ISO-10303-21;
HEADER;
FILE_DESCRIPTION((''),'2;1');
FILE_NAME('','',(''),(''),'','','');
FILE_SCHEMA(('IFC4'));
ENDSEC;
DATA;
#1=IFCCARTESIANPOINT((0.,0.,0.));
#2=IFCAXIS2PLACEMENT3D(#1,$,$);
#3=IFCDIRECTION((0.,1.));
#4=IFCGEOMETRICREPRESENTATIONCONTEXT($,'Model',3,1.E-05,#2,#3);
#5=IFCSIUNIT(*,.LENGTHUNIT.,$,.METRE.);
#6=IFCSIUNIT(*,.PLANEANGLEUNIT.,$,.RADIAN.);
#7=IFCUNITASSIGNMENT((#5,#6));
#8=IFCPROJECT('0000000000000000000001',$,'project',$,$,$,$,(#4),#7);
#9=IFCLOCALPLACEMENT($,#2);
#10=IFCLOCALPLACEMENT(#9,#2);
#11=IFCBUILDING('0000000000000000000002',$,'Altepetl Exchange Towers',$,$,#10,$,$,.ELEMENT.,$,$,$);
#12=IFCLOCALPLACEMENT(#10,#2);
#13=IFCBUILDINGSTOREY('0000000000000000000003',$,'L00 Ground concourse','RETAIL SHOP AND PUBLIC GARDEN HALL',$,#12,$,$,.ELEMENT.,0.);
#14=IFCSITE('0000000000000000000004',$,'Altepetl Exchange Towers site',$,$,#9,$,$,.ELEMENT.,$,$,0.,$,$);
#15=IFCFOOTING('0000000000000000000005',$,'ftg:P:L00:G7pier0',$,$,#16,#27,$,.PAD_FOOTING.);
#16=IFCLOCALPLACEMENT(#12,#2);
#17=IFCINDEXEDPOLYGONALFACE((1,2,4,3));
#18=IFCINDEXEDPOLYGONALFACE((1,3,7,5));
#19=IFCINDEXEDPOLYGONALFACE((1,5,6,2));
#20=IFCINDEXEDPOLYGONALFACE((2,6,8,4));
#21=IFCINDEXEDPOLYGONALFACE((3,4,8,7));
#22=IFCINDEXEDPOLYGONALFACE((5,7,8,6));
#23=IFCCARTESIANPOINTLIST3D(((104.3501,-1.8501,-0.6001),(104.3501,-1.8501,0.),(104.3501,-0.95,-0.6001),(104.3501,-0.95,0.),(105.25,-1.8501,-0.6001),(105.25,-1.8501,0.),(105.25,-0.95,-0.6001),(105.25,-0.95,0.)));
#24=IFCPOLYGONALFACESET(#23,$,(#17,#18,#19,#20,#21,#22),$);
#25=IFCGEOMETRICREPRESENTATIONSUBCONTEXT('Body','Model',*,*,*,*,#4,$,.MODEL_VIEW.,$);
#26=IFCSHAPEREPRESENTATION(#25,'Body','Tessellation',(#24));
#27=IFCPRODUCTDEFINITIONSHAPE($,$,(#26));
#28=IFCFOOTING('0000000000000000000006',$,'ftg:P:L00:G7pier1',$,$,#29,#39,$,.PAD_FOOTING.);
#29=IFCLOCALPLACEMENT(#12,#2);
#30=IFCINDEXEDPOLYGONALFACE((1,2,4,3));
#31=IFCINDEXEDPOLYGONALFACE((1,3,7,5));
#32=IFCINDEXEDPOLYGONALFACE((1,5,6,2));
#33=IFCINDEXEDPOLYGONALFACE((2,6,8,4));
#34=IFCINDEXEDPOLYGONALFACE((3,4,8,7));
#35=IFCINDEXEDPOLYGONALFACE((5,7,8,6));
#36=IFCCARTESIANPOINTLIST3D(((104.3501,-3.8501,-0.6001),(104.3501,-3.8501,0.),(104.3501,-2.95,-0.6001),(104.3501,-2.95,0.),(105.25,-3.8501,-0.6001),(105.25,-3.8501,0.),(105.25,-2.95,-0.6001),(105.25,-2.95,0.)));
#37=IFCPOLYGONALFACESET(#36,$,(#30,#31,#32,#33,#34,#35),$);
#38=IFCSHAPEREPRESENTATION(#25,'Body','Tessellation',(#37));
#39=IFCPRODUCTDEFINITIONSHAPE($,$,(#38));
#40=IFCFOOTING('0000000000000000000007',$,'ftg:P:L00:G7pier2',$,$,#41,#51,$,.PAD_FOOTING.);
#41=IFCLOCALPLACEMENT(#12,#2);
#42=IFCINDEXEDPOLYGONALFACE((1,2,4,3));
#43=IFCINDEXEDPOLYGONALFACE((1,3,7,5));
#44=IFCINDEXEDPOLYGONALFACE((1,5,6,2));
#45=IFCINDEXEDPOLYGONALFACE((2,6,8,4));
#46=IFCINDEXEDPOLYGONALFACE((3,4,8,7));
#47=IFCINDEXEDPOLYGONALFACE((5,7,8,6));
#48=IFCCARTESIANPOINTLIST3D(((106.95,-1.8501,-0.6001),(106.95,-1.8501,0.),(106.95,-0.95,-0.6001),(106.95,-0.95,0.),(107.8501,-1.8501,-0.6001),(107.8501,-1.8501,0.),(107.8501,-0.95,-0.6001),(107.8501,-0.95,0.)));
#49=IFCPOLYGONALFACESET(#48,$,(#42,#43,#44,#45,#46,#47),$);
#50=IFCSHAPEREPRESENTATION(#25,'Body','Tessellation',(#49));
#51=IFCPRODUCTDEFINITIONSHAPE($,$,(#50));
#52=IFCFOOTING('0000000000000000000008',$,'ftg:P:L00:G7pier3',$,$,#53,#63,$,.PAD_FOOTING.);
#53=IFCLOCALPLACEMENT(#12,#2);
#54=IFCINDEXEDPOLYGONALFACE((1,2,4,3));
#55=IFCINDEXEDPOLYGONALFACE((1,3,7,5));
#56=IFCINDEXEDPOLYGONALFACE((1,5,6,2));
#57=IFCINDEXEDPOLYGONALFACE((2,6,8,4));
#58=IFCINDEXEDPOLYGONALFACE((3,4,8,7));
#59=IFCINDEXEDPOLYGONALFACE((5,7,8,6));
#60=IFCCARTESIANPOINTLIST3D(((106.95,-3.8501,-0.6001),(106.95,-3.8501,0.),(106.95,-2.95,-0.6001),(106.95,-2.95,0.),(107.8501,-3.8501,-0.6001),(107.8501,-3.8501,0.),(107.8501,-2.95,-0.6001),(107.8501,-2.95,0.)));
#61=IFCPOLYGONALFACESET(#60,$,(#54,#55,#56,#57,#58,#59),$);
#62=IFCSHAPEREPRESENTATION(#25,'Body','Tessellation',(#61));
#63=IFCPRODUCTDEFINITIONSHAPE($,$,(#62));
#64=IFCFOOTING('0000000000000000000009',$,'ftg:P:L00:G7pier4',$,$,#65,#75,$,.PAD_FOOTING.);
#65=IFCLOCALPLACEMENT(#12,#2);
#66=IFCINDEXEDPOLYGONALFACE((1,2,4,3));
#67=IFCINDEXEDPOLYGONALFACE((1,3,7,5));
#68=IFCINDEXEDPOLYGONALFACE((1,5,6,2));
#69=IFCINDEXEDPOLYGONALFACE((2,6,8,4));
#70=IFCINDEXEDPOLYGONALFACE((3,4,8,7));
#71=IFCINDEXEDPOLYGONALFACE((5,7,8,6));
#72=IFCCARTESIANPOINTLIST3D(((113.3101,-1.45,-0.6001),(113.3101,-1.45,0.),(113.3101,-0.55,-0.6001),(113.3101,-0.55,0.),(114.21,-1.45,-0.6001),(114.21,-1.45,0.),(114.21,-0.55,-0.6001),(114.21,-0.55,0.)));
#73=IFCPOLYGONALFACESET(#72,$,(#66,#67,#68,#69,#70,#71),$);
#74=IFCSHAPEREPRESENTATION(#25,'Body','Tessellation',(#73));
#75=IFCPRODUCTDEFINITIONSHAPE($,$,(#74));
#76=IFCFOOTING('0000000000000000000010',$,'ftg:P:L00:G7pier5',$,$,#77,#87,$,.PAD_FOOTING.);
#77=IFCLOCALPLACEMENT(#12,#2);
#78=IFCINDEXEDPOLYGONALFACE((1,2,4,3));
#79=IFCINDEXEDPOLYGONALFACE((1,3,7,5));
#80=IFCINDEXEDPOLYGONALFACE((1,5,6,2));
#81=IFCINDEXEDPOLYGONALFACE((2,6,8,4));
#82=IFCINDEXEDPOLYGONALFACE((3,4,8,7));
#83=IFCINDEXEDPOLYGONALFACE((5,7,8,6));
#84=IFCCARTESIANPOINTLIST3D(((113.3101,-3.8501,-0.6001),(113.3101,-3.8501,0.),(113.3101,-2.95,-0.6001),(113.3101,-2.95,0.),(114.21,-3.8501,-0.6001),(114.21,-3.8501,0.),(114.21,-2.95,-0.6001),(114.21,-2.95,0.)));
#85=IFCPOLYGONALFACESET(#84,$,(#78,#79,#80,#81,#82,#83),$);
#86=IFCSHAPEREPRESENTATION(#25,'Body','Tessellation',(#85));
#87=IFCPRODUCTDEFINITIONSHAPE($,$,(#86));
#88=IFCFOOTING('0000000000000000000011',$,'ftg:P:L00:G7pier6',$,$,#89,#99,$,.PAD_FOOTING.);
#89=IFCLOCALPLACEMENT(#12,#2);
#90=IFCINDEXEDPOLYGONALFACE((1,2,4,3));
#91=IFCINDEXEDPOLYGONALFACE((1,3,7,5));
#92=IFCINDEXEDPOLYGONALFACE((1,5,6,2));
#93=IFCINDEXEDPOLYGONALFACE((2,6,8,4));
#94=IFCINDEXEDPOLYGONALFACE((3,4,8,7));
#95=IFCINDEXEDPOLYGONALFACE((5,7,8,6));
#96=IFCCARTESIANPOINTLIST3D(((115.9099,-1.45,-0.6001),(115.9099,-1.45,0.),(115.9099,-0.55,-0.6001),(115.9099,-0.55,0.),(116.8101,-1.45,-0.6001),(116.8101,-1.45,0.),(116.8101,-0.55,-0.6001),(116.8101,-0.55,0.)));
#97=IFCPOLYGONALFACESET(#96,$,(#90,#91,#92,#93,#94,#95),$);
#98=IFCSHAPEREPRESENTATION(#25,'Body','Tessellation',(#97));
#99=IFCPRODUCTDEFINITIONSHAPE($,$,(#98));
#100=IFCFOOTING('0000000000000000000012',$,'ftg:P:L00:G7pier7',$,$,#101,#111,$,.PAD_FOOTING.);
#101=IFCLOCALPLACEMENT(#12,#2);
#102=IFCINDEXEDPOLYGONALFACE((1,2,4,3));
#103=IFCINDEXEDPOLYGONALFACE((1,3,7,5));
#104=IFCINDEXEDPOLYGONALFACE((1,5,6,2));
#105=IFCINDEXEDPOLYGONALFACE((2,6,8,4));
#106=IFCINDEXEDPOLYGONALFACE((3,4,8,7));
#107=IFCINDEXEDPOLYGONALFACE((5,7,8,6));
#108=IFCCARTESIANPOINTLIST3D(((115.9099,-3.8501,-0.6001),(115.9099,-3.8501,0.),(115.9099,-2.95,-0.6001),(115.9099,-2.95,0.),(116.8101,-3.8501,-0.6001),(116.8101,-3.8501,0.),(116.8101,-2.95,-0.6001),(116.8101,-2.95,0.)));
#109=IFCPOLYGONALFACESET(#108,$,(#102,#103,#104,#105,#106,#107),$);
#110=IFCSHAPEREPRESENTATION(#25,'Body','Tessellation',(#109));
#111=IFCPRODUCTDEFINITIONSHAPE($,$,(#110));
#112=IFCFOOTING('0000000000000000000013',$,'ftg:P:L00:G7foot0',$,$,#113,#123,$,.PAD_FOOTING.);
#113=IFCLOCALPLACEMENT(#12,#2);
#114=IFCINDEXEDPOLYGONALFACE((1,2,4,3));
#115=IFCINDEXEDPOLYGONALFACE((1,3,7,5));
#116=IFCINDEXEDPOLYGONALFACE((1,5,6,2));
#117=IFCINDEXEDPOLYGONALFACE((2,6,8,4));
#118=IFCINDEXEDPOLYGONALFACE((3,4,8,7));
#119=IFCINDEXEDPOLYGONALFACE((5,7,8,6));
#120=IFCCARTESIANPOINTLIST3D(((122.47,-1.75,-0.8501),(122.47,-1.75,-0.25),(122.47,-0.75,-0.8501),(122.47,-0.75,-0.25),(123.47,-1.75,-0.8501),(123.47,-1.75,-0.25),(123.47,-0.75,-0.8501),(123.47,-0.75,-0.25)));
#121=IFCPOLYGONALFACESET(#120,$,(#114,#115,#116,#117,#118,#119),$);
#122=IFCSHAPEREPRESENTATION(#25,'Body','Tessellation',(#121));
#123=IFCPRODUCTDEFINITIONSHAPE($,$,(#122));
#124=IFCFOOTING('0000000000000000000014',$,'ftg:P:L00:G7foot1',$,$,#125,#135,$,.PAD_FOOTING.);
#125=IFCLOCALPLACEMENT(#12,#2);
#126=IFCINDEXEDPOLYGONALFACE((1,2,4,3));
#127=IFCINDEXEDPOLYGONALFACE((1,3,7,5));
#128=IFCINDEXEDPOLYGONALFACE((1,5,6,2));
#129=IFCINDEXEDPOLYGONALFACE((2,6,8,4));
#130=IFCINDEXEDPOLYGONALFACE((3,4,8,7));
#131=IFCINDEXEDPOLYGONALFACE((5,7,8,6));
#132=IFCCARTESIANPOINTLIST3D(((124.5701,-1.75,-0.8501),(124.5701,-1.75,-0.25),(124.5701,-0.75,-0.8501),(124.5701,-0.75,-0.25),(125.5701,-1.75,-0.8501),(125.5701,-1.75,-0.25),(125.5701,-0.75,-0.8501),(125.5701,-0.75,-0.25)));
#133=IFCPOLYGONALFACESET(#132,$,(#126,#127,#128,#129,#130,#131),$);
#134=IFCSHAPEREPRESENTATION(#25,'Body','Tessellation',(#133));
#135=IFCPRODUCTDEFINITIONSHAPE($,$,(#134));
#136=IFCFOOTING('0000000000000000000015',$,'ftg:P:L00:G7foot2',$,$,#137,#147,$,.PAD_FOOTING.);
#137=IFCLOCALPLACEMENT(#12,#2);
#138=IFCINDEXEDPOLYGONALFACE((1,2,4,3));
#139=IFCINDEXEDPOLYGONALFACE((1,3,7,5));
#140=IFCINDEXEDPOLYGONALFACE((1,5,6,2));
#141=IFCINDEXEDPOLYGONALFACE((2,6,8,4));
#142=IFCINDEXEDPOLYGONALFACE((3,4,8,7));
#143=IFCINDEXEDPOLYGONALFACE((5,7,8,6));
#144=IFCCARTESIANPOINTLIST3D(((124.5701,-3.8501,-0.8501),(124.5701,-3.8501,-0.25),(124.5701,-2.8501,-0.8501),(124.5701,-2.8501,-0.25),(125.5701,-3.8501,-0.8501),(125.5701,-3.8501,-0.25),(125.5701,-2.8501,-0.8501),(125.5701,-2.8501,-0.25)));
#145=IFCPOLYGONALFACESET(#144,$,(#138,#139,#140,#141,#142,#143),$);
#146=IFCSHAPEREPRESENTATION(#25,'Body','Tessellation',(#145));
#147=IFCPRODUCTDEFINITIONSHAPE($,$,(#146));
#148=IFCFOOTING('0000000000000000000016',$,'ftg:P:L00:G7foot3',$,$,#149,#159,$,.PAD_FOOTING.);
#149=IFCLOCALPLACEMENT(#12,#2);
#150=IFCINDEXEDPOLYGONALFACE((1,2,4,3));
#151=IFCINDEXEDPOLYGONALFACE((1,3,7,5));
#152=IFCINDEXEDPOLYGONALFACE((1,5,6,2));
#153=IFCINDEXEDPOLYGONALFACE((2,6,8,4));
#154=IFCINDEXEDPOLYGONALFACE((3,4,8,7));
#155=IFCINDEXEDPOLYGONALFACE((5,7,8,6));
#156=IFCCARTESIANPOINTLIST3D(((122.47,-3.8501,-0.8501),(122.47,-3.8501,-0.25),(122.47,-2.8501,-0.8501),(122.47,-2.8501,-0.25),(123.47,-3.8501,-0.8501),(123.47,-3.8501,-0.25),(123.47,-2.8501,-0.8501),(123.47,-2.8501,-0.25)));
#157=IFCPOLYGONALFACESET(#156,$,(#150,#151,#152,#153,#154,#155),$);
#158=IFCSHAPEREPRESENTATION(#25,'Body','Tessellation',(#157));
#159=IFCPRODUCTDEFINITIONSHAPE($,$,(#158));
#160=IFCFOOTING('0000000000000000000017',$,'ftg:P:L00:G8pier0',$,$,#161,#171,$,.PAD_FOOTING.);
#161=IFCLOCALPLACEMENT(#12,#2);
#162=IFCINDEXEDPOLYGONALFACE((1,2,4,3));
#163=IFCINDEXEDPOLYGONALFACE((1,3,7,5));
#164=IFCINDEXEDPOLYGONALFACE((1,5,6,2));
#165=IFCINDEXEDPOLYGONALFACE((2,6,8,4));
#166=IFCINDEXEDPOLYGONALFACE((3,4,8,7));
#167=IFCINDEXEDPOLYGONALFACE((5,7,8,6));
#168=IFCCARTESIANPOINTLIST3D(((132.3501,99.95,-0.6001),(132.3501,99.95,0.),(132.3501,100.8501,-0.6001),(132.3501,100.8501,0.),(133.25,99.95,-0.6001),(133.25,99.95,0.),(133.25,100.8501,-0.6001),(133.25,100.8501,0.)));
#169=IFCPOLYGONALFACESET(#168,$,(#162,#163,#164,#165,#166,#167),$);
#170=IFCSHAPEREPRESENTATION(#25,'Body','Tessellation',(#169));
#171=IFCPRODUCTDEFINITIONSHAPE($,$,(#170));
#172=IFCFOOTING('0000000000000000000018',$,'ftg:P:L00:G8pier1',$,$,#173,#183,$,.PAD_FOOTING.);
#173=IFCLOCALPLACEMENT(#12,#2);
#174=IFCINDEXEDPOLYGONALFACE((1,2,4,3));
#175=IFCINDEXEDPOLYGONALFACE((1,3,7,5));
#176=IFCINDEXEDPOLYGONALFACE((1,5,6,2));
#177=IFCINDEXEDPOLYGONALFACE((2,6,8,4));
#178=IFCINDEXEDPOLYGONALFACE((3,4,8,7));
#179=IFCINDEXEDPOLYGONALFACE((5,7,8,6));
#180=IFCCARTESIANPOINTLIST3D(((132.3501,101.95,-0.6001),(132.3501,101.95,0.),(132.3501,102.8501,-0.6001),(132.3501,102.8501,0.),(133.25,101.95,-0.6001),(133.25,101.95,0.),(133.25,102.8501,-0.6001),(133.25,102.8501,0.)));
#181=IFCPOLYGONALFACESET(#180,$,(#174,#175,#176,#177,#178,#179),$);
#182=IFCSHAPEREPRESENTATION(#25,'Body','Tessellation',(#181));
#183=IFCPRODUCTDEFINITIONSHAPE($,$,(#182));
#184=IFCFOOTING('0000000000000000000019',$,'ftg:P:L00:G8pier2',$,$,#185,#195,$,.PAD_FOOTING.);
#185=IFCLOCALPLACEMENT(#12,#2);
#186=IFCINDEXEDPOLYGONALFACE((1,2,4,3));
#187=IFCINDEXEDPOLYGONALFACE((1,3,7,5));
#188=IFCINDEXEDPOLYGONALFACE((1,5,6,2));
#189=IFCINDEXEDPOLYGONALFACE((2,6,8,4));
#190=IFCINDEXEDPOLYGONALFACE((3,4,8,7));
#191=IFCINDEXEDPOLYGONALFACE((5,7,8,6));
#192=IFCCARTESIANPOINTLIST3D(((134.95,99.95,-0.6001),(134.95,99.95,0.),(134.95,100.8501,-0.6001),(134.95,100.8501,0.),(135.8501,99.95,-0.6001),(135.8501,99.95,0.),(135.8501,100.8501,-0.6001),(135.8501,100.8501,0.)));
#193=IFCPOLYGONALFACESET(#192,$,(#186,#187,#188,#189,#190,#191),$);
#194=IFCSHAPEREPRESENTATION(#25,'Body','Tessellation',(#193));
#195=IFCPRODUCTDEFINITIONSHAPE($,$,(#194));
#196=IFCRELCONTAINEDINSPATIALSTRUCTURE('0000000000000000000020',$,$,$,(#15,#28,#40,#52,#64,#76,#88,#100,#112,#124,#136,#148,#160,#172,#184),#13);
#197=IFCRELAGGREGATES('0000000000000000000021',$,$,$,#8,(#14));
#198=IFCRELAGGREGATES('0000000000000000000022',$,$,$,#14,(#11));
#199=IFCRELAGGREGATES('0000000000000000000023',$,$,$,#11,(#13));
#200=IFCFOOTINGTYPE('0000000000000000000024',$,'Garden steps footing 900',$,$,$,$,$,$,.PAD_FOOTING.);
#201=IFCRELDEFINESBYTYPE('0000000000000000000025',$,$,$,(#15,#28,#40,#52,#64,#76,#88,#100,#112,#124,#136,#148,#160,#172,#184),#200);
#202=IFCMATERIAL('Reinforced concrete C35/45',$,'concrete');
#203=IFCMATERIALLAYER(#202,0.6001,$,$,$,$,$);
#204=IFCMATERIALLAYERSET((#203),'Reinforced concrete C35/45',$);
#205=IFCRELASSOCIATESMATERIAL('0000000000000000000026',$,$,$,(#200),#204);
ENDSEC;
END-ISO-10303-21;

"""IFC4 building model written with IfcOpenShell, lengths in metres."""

from ifc_helpers import new_model, si_unit, direction, frame, origin, place, context, subcontext, project, spatial, polyline, outline, extrude, material, layer, layer_set, type_object, element, save


model = new_model("IFC4")

# Units and contexts
model_context = context("Model", 3, precision=1e-05, world=origin(), true_north=direction((0.0, 1.0)))
body_context = subcontext(model_context, "Body", "Model", "MODEL_VIEW")
ifc_project = project(units=[si_unit("LENGTHUNIT", "METRE"), si_unit("PLANEANGLEUNIT", "RADIAN")], contexts=[model_context])

# Site, building, storey
site_placement = place(None, origin())
site = spatial("IfcSite", under=ifc_project, at=site_placement, Name="Altepetl Exchange Towers site", CompositionType="ELEMENT", RefElevation=0.0)
building_placement = place(site_placement, origin())
building = spatial("IfcBuilding", under=site, at=building_placement, Name="Altepetl Exchange Towers", CompositionType="ELEMENT")
storey_placement = place(building_placement, origin())
storey = spatial("IfcBuildingStorey", under=building, at=storey_placement, Name="L00 Ground concourse", Description="RETAIL SHOP AND PUBLIC GARDEN HALL", CompositionType="ELEMENT", Elevation=0.0)

# Footings
ifc_material_1 = material(Name="Reinforced concrete C35/45", Category="concrete")
ifc_layer_1 = layer(ifc_material_1, 0.6001)
ifc_layer_set_1 = layer_set([ifc_layer_1], Name="Reinforced concrete C35/45")
footing_type = type_object("IfcFootingType", Name="Garden steps footing 900", PredefinedType="PAD_FOOTING", material=ifc_layer_set_1)
footing_1_placement = place(storey_placement, frame((0.0, 0.0, -0.6001)))
element("IfcFooting", 1, at=footing_1_placement, inside=storey, type_object=footing_type, Name="ftg:P:L00:G7pier0", PredefinedType="PAD_FOOTING", context=body_context, shape_type="SweptSolid", body=[
    extrude(outline(polyline([(104.3501, -1.8501), (105.25, -1.8501), (105.25, -0.95), (104.3501, -0.95), (104.3501, -1.8501)])), origin(), (0.0, 0.0, 1.0), 0.6001),
])
footing_2_placement = place(storey_placement, frame((0.0, 0.0, -0.6001)))
element("IfcFooting", 2, at=footing_2_placement, inside=storey, type_object=footing_type, Name="ftg:P:L00:G7pier1", PredefinedType="PAD_FOOTING", context=body_context, shape_type="SweptSolid", body=[
    extrude(outline(polyline([(104.3501, -3.8501), (105.25, -3.8501), (105.25, -2.95), (104.3501, -2.95), (104.3501, -3.8501)])), origin(), (0.0, 0.0, 1.0), 0.6001),
])
footing_3_placement = place(storey_placement, frame((0.0, 0.0, -0.6001)))
element("IfcFooting", 3, at=footing_3_placement, inside=storey, type_object=footing_type, Name="ftg:P:L00:G7pier2", PredefinedType="PAD_FOOTING", context=body_context, shape_type="SweptSolid", body=[
    extrude(outline(polyline([(106.95, -1.8501), (107.8501, -1.8501), (107.8501, -0.95), (106.95, -0.95), (106.95, -1.8501)])), origin(), (0.0, 0.0, 1.0), 0.6001),
])
footing_4_placement = place(storey_placement, frame((0.0, 0.0, -0.6001)))
element("IfcFooting", 4, at=footing_4_placement, inside=storey, type_object=footing_type, Name="ftg:P:L00:G7pier3", PredefinedType="PAD_FOOTING", context=body_context, shape_type="SweptSolid", body=[
    extrude(outline(polyline([(106.95, -3.8501), (107.8501, -3.8501), (107.8501, -2.95), (106.95, -2.95), (106.95, -3.8501)])), origin(), (0.0, 0.0, 1.0), 0.6001),
])
footing_5_placement = place(storey_placement, frame((0.0, 0.0, -0.6001)))
element("IfcFooting", 5, at=footing_5_placement, inside=storey, type_object=footing_type, Name="ftg:P:L00:G7pier4", PredefinedType="PAD_FOOTING", context=body_context, shape_type="SweptSolid", body=[
    extrude(outline(polyline([(113.3101, -1.45), (114.21, -1.45), (114.21, -0.55), (113.3101, -0.55), (113.3101, -1.45)])), origin(), (0.0, 0.0, 1.0), 0.6001),
])
footing_6_placement = place(storey_placement, frame((0.0, 0.0, -0.6001)))
element("IfcFooting", 6, at=footing_6_placement, inside=storey, type_object=footing_type, Name="ftg:P:L00:G7pier5", PredefinedType="PAD_FOOTING", context=body_context, shape_type="SweptSolid", body=[
    extrude(outline(polyline([(113.3101, -3.8501), (114.21, -3.8501), (114.21, -2.95), (113.3101, -2.95), (113.3101, -3.8501)])), origin(), (0.0, 0.0, 1.0), 0.6001),
])
footing_7_placement = place(storey_placement, frame((0.0, 0.0, -0.6001)))
element("IfcFooting", 7, at=footing_7_placement, inside=storey, type_object=footing_type, Name="ftg:P:L00:G7pier6", PredefinedType="PAD_FOOTING", context=body_context, shape_type="SweptSolid", body=[
    extrude(outline(polyline([(115.9099, -1.45), (116.8101, -1.45), (116.8101, -0.55), (115.9099, -0.55), (115.9099, -1.45)])), origin(), (0.0, 0.0, 1.0), 0.6001),
])
footing_8_placement = place(storey_placement, frame((0.0, 0.0, -0.6001)))
element("IfcFooting", 8, at=footing_8_placement, inside=storey, type_object=footing_type, Name="ftg:P:L00:G7pier7", PredefinedType="PAD_FOOTING", context=body_context, shape_type="SweptSolid", body=[
    extrude(outline(polyline([(115.9099, -3.8501), (116.8101, -3.8501), (116.8101, -2.95), (115.9099, -2.95), (115.9099, -3.8501)])), origin(), (0.0, 0.0, 1.0), 0.6001),
])
footing_9_placement = place(storey_placement, frame((0.0, 0.0, -0.8501)))
element("IfcFooting", 9, at=footing_9_placement, inside=storey, type_object=footing_type, Name="ftg:P:L00:G7foot0", PredefinedType="PAD_FOOTING", context=body_context, shape_type="SweptSolid", body=[
    extrude(outline(polyline([(122.47, -1.75), (123.47, -1.75), (123.47, -0.75), (122.47, -0.75), (122.47, -1.75)])), origin(), (0.0, 0.0, 1.0), 0.6001),
])
footing_10_placement = place(storey_placement, frame((0.0, 0.0, -0.8501)))
element("IfcFooting", 10, at=footing_10_placement, inside=storey, type_object=footing_type, Name="ftg:P:L00:G7foot1", PredefinedType="PAD_FOOTING", context=body_context, shape_type="SweptSolid", body=[
    extrude(outline(polyline([(124.5701, -1.75), (125.5701, -1.75), (125.5701, -0.75), (124.5701, -0.75), (124.5701, -1.75)])), origin(), (0.0, 0.0, 1.0), 0.6001),
])
footing_11_placement = place(storey_placement, frame((0.0, 0.0, -0.8501)))
element("IfcFooting", 11, at=footing_11_placement, inside=storey, type_object=footing_type, Name="ftg:P:L00:G7foot2", PredefinedType="PAD_FOOTING", context=body_context, shape_type="SweptSolid", body=[
    extrude(outline(polyline([(124.5701, -3.8501), (125.5701, -3.8501), (125.5701, -2.8501), (124.5701, -2.8501), (124.5701, -3.8501)])), origin(), (0.0, 0.0, 1.0), 0.6001),
])
footing_12_placement = place(storey_placement, frame((0.0, 0.0, -0.8501)))
element("IfcFooting", 12, at=footing_12_placement, inside=storey, type_object=footing_type, Name="ftg:P:L00:G7foot3", PredefinedType="PAD_FOOTING", context=body_context, shape_type="SweptSolid", body=[
    extrude(outline(polyline([(122.47, -3.8501), (123.47, -3.8501), (123.47, -2.8501), (122.47, -2.8501), (122.47, -3.8501)])), origin(), (0.0, 0.0, 1.0), 0.6001),
])
footing_13_placement = place(storey_placement, frame((0.0, 0.0, -0.6001)))
element("IfcFooting", 13, at=footing_13_placement, inside=storey, type_object=footing_type, Name="ftg:P:L00:G8pier0", PredefinedType="PAD_FOOTING", context=body_context, shape_type="SweptSolid", body=[
    extrude(outline(polyline([(132.3501, 99.95), (133.25, 99.95), (133.25, 100.8501), (132.3501, 100.8501), (132.3501, 99.95)])), origin(), (0.0, 0.0, 1.0), 0.6001),
])
footing_14_placement = place(storey_placement, frame((0.0, 0.0, -0.6001)))
element("IfcFooting", 14, at=footing_14_placement, inside=storey, type_object=footing_type, Name="ftg:P:L00:G8pier1", PredefinedType="PAD_FOOTING", context=body_context, shape_type="SweptSolid", body=[
    extrude(outline(polyline([(132.3501, 101.95), (133.25, 101.95), (133.25, 102.8501), (132.3501, 102.8501), (132.3501, 101.95)])), origin(), (0.0, 0.0, 1.0), 0.6001),
])
footing_15_placement = place(storey_placement, frame((0.0, 0.0, -0.6001)))
element("IfcFooting", 15, at=footing_15_placement, inside=storey, type_object=footing_type, Name="ftg:P:L00:G8pier2", PredefinedType="PAD_FOOTING", context=body_context, shape_type="SweptSolid", body=[
    extrude(outline(polyline([(134.95, 99.95), (135.8501, 99.95), (135.8501, 100.8501), (134.95, 100.8501), (134.95, 99.95)])), origin(), (0.0, 0.0, 1.0), 0.6001),
])

save(model, "model.ifc")
